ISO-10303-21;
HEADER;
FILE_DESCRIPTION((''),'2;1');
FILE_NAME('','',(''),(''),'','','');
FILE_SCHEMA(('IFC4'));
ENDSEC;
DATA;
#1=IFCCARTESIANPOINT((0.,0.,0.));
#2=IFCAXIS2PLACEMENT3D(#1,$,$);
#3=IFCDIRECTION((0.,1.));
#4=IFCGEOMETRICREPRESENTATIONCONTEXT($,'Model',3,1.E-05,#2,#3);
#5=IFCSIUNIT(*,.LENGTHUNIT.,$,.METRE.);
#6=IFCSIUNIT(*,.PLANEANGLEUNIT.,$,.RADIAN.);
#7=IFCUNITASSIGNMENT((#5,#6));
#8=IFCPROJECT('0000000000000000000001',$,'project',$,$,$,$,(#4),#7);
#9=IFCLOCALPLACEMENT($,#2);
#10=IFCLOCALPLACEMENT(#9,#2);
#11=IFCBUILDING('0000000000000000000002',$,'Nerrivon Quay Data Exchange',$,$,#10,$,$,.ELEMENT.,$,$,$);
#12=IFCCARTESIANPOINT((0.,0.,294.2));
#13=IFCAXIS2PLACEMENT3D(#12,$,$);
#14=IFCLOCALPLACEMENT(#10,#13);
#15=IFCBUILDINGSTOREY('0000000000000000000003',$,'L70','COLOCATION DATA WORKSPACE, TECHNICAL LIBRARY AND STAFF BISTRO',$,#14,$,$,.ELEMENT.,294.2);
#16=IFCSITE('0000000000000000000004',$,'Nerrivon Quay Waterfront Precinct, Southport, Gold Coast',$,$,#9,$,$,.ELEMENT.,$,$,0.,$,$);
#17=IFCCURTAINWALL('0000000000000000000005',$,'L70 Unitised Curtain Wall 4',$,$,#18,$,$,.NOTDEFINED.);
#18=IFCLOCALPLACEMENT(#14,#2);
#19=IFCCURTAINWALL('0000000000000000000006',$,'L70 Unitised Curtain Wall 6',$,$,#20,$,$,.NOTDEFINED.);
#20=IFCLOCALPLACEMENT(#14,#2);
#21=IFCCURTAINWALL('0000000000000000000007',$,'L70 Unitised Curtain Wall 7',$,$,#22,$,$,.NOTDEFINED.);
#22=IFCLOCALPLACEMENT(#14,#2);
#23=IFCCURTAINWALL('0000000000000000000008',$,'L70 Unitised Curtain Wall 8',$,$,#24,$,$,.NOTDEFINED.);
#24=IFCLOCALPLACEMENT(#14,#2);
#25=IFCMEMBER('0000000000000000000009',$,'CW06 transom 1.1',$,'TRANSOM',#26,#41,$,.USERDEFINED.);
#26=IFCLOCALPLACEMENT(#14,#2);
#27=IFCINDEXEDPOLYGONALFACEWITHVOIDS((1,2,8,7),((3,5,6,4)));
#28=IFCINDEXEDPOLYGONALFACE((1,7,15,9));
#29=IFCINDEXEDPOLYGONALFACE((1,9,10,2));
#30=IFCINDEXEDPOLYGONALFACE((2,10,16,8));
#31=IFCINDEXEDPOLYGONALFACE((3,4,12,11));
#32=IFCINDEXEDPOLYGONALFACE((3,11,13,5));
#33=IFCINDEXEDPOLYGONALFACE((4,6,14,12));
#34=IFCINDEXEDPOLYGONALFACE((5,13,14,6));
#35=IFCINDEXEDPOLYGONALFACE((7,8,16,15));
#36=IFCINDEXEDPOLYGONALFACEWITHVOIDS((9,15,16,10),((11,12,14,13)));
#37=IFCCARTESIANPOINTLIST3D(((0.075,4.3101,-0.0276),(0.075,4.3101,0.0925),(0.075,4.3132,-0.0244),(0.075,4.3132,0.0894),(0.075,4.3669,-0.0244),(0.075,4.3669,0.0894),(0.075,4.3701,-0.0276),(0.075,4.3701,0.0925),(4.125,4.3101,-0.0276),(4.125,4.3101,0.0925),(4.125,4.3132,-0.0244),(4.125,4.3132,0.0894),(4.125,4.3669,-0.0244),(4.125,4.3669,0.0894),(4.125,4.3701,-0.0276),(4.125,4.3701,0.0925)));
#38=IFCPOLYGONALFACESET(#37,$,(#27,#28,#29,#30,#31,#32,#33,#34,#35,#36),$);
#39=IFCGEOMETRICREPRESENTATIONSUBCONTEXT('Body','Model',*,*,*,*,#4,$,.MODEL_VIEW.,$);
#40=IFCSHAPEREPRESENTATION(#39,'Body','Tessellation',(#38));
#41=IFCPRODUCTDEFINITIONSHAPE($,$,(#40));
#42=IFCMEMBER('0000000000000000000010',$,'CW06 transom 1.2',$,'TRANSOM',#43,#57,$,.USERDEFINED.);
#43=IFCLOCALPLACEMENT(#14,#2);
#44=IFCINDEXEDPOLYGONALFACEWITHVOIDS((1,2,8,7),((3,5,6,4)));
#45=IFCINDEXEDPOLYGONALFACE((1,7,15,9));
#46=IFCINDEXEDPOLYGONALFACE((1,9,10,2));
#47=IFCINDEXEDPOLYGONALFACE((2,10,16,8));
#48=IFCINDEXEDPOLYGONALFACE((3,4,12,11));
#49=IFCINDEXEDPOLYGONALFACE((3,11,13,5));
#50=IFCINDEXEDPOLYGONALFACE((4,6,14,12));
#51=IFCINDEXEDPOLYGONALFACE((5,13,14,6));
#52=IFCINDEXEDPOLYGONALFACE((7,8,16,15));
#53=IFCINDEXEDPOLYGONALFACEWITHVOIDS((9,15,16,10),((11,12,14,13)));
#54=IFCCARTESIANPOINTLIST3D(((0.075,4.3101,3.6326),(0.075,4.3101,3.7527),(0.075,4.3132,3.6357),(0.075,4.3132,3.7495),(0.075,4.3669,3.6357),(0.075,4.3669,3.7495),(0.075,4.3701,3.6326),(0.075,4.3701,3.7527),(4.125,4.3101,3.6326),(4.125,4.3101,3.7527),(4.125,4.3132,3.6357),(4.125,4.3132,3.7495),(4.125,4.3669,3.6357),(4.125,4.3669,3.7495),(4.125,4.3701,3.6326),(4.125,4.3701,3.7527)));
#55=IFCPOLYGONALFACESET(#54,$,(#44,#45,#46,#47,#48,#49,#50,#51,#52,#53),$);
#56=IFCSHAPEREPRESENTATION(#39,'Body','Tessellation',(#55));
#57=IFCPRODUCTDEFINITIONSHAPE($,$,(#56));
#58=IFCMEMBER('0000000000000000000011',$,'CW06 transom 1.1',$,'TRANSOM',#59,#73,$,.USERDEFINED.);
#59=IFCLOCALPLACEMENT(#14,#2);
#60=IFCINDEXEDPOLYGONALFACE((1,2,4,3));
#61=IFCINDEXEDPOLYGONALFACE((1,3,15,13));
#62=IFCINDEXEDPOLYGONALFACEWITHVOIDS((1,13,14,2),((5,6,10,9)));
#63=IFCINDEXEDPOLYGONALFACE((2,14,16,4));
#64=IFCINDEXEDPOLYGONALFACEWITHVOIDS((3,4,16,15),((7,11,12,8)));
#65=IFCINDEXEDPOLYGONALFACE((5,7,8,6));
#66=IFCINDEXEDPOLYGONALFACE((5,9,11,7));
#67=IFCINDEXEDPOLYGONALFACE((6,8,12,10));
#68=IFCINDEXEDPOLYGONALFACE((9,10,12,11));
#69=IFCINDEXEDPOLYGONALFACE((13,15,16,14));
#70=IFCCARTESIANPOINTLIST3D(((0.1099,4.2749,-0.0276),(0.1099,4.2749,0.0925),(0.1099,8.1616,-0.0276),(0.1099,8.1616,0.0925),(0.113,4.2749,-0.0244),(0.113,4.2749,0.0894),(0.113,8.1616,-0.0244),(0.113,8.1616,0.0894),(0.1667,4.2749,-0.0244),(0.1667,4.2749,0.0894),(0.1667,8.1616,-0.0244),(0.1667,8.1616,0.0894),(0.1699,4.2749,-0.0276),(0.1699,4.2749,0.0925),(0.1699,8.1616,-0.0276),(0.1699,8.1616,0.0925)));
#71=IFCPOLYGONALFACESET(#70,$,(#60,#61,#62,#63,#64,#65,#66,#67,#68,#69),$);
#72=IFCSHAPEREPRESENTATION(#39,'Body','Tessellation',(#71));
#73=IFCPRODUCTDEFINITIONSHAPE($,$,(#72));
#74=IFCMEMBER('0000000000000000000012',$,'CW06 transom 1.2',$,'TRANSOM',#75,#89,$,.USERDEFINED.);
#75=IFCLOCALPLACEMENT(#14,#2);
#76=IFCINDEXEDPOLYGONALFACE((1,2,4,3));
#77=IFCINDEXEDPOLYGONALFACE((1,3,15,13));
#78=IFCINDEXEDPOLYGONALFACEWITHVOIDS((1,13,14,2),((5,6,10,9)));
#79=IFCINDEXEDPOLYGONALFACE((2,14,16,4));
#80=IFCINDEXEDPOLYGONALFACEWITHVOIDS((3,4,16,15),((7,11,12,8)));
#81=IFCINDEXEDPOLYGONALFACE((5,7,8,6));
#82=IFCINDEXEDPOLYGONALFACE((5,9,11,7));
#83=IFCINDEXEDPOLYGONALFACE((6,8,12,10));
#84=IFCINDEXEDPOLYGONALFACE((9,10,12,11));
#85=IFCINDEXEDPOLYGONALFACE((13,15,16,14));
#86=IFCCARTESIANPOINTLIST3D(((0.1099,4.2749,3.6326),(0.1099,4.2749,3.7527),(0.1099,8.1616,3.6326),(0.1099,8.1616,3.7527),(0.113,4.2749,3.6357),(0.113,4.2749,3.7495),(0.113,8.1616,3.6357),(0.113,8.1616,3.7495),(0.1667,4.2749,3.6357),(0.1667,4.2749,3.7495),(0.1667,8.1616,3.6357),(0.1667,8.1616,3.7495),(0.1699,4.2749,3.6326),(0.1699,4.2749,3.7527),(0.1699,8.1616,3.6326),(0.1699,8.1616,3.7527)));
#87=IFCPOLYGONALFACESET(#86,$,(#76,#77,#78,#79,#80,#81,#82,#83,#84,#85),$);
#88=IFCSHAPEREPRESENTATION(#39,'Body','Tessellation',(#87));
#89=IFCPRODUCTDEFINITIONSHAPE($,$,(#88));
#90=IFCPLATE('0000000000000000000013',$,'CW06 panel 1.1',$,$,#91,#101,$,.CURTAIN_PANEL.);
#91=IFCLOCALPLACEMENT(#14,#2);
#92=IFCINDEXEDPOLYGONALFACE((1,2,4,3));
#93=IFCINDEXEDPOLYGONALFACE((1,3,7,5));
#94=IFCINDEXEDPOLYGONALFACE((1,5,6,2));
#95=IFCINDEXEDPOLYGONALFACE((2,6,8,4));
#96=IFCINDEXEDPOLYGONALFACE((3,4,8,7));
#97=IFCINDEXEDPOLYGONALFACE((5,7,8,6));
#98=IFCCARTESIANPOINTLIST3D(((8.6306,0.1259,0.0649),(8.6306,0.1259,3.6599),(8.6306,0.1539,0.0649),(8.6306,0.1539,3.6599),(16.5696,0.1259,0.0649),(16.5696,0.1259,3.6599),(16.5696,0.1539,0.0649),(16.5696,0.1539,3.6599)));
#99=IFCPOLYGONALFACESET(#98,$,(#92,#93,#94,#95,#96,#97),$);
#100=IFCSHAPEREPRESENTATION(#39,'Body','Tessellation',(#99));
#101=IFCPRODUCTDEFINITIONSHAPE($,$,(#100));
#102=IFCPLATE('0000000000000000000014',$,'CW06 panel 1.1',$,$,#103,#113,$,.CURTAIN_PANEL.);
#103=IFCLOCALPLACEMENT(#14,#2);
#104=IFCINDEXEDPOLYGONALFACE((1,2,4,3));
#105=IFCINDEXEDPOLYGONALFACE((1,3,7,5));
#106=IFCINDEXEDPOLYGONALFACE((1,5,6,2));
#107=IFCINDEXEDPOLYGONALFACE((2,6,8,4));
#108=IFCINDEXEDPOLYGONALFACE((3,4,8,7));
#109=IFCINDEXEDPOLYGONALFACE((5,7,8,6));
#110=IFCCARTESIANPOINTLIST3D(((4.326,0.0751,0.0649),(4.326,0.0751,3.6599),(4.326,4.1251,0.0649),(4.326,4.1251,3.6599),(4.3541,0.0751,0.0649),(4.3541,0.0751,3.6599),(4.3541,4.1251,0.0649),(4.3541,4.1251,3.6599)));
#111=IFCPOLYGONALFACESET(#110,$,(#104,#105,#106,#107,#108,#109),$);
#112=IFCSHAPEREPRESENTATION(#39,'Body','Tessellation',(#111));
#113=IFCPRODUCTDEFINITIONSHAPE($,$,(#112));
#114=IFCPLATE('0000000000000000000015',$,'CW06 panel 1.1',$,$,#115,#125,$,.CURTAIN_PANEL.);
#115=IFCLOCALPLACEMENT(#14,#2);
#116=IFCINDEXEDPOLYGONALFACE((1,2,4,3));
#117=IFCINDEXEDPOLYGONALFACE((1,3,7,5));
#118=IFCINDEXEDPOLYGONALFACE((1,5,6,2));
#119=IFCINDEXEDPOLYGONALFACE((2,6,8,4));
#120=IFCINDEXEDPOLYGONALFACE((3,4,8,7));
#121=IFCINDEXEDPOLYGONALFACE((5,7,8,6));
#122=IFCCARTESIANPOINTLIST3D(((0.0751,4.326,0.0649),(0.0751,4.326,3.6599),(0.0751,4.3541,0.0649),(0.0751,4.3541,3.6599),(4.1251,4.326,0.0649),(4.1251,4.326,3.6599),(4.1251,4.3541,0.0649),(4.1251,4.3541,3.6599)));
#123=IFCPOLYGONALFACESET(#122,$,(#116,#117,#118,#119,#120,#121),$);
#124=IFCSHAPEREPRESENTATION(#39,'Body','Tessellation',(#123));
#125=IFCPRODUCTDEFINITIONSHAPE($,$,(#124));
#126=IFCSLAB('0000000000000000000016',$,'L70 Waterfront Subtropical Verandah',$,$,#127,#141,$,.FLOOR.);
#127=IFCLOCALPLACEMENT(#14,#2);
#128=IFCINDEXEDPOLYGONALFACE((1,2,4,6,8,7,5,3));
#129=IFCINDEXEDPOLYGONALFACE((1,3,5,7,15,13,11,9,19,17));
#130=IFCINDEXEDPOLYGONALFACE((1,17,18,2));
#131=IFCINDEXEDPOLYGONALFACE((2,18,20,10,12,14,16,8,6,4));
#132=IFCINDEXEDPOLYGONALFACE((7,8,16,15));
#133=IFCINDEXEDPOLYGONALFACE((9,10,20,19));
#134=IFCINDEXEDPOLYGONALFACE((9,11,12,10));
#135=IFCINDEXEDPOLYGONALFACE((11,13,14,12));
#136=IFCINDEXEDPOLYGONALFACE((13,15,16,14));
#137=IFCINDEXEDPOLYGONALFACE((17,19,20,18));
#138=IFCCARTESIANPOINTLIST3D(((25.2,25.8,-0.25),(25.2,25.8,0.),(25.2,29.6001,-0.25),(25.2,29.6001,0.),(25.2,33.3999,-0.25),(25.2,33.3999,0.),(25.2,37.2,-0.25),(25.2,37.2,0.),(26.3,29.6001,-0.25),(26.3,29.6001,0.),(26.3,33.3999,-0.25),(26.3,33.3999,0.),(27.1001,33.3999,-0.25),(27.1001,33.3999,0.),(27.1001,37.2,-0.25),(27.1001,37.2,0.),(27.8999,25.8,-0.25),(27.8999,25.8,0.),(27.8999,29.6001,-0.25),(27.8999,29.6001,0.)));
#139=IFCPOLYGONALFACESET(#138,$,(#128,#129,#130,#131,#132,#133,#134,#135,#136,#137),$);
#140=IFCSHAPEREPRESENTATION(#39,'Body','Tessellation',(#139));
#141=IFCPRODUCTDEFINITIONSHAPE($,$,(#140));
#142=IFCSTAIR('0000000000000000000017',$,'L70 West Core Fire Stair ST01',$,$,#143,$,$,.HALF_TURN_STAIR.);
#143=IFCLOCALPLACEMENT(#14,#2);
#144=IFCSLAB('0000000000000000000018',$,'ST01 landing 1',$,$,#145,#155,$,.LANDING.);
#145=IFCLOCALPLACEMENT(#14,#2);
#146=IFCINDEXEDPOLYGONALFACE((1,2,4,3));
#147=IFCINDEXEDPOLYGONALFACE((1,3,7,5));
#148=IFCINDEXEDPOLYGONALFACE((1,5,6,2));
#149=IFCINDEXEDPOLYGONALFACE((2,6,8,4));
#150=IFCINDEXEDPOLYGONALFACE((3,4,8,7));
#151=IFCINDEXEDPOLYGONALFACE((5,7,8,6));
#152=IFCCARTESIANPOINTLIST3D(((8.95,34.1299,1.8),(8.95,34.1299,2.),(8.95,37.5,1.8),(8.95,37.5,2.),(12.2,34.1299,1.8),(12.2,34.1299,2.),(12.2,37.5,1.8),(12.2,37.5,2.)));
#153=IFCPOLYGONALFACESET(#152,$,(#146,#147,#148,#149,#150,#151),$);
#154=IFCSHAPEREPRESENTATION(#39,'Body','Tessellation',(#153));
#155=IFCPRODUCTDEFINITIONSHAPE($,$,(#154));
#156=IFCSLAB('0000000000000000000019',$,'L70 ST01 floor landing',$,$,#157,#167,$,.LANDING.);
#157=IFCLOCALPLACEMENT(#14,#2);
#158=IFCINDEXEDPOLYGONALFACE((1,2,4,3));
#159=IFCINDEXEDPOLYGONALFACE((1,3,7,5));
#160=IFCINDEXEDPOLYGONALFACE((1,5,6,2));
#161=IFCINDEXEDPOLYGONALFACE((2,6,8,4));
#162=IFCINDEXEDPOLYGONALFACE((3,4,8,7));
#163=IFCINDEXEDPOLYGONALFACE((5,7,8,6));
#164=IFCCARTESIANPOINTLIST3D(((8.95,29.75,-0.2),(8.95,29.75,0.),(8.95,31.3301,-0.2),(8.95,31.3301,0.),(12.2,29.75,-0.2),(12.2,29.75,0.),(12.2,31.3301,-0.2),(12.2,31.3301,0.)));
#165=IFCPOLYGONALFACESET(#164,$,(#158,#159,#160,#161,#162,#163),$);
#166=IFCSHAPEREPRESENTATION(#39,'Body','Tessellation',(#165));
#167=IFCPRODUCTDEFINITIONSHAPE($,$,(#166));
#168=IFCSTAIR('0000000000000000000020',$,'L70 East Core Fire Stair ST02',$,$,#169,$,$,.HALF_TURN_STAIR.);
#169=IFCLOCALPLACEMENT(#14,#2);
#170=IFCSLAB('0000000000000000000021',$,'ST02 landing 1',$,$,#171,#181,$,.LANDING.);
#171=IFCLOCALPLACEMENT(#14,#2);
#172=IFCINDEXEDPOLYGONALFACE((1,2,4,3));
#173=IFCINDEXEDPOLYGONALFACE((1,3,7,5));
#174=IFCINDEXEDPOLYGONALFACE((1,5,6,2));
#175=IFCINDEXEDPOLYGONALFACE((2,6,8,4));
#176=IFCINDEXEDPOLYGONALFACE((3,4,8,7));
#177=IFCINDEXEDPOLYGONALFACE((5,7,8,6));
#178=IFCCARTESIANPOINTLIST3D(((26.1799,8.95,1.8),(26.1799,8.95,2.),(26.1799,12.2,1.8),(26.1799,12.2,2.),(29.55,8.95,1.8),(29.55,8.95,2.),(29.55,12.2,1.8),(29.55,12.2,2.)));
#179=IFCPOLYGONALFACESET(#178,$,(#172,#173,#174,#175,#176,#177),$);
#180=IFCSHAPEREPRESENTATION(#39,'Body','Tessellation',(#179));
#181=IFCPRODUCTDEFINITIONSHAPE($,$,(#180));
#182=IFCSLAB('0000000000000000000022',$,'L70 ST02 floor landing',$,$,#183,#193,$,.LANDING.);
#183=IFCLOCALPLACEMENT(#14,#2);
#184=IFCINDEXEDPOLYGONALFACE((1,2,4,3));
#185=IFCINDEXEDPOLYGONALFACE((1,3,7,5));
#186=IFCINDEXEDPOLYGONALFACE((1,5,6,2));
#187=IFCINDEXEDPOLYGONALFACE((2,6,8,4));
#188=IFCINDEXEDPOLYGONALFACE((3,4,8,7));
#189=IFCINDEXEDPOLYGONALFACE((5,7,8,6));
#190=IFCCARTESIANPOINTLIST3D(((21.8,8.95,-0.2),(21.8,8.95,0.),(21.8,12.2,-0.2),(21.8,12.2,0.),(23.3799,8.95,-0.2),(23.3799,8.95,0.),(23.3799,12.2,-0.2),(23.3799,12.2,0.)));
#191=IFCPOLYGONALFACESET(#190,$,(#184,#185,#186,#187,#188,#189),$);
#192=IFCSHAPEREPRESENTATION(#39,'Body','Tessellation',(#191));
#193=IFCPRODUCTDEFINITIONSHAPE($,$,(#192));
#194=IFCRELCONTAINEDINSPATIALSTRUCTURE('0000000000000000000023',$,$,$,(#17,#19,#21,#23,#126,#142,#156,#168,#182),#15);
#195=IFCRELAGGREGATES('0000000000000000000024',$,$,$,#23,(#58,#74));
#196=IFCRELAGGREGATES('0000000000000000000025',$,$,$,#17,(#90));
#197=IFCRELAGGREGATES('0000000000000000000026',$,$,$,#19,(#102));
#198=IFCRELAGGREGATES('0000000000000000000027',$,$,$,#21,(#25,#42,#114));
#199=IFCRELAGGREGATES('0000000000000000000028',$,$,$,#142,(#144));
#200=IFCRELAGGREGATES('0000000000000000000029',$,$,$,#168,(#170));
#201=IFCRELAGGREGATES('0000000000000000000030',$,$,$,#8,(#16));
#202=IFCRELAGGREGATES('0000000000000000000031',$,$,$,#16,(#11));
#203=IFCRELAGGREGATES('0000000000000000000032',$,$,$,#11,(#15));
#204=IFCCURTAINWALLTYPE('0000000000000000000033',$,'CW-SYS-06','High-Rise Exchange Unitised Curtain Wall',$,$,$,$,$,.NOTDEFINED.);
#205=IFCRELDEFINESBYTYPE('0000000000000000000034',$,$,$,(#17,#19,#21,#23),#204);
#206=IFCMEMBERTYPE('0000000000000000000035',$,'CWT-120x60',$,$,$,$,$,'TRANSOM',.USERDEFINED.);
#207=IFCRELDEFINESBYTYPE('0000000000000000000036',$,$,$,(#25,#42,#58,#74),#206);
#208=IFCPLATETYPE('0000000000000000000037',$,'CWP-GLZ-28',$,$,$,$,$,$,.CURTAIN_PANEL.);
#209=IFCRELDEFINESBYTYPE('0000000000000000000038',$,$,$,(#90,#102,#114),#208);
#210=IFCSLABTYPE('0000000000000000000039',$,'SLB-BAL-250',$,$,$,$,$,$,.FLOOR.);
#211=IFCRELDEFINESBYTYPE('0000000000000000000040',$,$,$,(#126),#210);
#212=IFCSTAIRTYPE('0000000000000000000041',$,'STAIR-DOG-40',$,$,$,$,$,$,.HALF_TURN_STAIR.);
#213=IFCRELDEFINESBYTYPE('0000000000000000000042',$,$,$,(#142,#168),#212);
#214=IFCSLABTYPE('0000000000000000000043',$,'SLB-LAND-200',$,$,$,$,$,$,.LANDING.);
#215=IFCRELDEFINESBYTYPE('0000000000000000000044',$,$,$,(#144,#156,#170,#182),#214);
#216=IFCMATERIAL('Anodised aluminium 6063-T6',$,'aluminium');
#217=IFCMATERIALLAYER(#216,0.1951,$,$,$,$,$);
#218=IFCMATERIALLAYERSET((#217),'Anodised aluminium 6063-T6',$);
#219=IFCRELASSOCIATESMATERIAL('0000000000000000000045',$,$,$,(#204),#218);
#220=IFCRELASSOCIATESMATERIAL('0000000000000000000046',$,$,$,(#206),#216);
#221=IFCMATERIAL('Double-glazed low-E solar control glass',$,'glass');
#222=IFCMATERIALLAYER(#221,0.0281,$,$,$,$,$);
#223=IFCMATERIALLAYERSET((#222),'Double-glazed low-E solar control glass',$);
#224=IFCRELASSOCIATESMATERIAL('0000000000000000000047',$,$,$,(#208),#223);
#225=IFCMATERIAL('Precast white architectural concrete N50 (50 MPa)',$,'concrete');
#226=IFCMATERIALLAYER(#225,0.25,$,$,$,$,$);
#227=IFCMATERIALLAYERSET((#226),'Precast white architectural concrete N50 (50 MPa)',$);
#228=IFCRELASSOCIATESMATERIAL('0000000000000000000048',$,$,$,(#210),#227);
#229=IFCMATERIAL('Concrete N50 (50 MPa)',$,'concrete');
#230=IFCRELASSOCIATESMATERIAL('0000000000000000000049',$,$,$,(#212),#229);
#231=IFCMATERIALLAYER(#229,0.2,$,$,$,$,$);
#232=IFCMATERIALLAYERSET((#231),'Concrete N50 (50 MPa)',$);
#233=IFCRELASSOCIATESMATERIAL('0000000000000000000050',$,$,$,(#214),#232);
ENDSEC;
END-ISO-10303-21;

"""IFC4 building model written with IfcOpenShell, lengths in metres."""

from ifc_helpers import new_model, si_unit, direction, frame, origin, origin_2d, place, context, subcontext, project, spatial, polyline, rectangle, hollow_rectangle, outline, extrude, material, layer, layer_set, material_profile, profile_set, type_object, element, aggregate, save


model = new_model("IFC4")

# Units and contexts
model_context = context("Model", 3, precision=1e-05, world=origin(), true_north=direction((0.0, 1.0)))
body_context = subcontext(model_context, "Body", "Model", "MODEL_VIEW")
ifc_project = project(units=[si_unit("LENGTHUNIT", "METRE"), si_unit("PLANEANGLEUNIT", "RADIAN")], contexts=[model_context])

# Site, building, storey
site_placement = place(None, origin())
site = spatial("IfcSite", under=ifc_project, at=site_placement, Name="Nerrivon Quay Waterfront Precinct, Southport, Gold Coast", CompositionType="ELEMENT", RefElevation=0.0)
building_placement = place(site_placement, origin())
building = spatial("IfcBuilding", under=site, at=building_placement, Name="Nerrivon Quay Data Exchange", CompositionType="ELEMENT")
storey_placement = place(building_placement, frame((0.0, 0.0, 294.2)))
storey = spatial("IfcBuildingStorey", under=building, at=storey_placement, Name="L70", Description="COLOCATION DATA WORKSPACE, TECHNICAL LIBRARY AND STAFF BISTRO", CompositionType="ELEMENT", Elevation=294.2)

# Curtain walls
ifc_material_1 = material(Name="Anodised aluminium 6063-T6", Category="aluminium")
ifc_layer_1 = layer(ifc_material_1, 0.1951)
ifc_layer_set_1 = layer_set([ifc_layer_1], Name="Anodised aluminium 6063-T6")
curtain_wall_type = type_object("IfcCurtainWallType", Name="CW-SYS-06", Description="High-Rise Exchange Unitised Curtain Wall", PredefinedType="NOTDEFINED", material=ifc_layer_set_1)
curtain_wall_1_placement = place(storey_placement, origin())
curtain_wall_1 = element("IfcCurtainWall", 1, at=curtain_wall_1_placement, inside=storey, type_object=curtain_wall_type, Name="L70 Unitised Curtain Wall 4", PredefinedType="NOTDEFINED")
curtain_wall_2_placement = place(storey_placement, origin())
curtain_wall_2 = element("IfcCurtainWall", 2, at=curtain_wall_2_placement, inside=storey, type_object=curtain_wall_type, Name="L70 Unitised Curtain Wall 6", PredefinedType="NOTDEFINED")
curtain_wall_3_placement = place(storey_placement, origin())
curtain_wall_3 = element("IfcCurtainWall", 3, at=curtain_wall_3_placement, inside=storey, type_object=curtain_wall_type, Name="L70 Unitised Curtain Wall 7", PredefinedType="NOTDEFINED")

# Curtain wall
curtain_wall_4_placement = place(storey_placement, origin())
curtain_wall_4 = element("IfcCurtainWall", 4, at=curtain_wall_4_placement, inside=storey, type_object=curtain_wall_type, Name="L70 Unitised Curtain Wall 8", PredefinedType="NOTDEFINED")

# Members
ifc_material_profile_1 = material_profile(ifc_material_1, hollow_rectangle(XDim=0.0601, YDim=0.1201, WallThickness=0.0032, at=origin_2d()), Name="ALU-TRAN-120x60")
ifc_profile_set_1 = profile_set([ifc_material_profile_1], Name="Anodised aluminium 6063-T6")
member_type_1 = type_object("IfcMemberType", Name="CWT-120x60", ElementType="TRANSOM", PredefinedType="USERDEFINED", material=ifc_profile_set_1)
member_1_placement = place(storey_placement, frame((4.125, 4.3401, 0.0325), z_axis=(-1.0, 0.0, 0.0), x_axis=(0.0, -1.0, 0.0)))
member_1 = element("IfcMember", 5, at=member_1_placement, type_object=member_type_1, Name="CW06 transom 1.1", ObjectType="TRANSOM", PredefinedType="USERDEFINED", context=body_context, shape_type="SweptSolid", body=[
    extrude(hollow_rectangle(XDim=0.0601, YDim=0.1201, WallThickness=0.0032, at=origin_2d()), origin(), (0.0, 0.0, 1.0), 4.05),
])
member_2_placement = place(storey_placement, frame((4.125, 4.3401, 3.6926), z_axis=(-1.0, 0.0, 0.0), x_axis=(0.0, -1.0, 0.0)))
member_2 = element("IfcMember", 6, at=member_2_placement, type_object=member_type_1, Name="CW06 transom 1.2", ObjectType="TRANSOM", PredefinedType="USERDEFINED", context=body_context, shape_type="SweptSolid", body=[
    extrude(hollow_rectangle(XDim=0.0601, YDim=0.1201, WallThickness=0.0032, at=origin_2d()), origin(), (0.0, 0.0, 1.0), 4.05),
])
member_3_placement = place(storey_placement, frame((0.1399, 4.2749, 0.0325), z_axis=(0.0, 1.0, 0.0), x_axis=(-1.0, 0.0, 0.0)))
member_3 = element("IfcMember", 7, at=member_3_placement, type_object=member_type_1, Name="CW06 transom 1.1", ObjectType="TRANSOM", PredefinedType="USERDEFINED", context=body_context, shape_type="SweptSolid", body=[
    extrude(hollow_rectangle(XDim=0.0601, YDim=0.1201, WallThickness=0.0032, at=origin_2d()), origin(), (0.0, 0.0, 1.0), 3.8867),
])
member_4_placement = place(storey_placement, frame((0.1399, 4.2749, 3.6926), z_axis=(0.0, 1.0, 0.0), x_axis=(-1.0, 0.0, 0.0)))
member_4 = element("IfcMember", 8, at=member_4_placement, type_object=member_type_1, Name="CW06 transom 1.2", ObjectType="TRANSOM", PredefinedType="USERDEFINED", context=body_context, shape_type="SweptSolid", body=[
    extrude(hollow_rectangle(XDim=0.0601, YDim=0.1201, WallThickness=0.0032, at=origin_2d()), origin(), (0.0, 0.0, 1.0), 3.8867),
])
aggregate(curtain_wall_4, [member_3, member_4])

# Plates
ifc_material_2 = material(Name="Double-glazed low-E solar control glass", Category="glass")
ifc_layer_2 = layer(ifc_material_2, 0.0281)
ifc_layer_set_2 = layer_set([ifc_layer_2], Name="Double-glazed low-E solar control glass")
plate_type = type_object("IfcPlateType", Name="CWP-GLZ-28", PredefinedType="CURTAIN_PANEL", material=ifc_layer_set_2)
plate_1_placement = place(storey_placement, frame((12.6001, 0.1399, 0.0649), z_axis=(0.0, 0.0, 1.0), x_axis=(-1.0, 0.0, 0.0)))
plate_1 = element("IfcPlate", 9, at=plate_1_placement, type_object=plate_type, Name="CW06 panel 1.1", PredefinedType="CURTAIN_PANEL", context=body_context, shape_type="SweptSolid", body=[
    extrude(rectangle(XDim=7.939, YDim=0.0281, at=origin_2d()), origin(), (0.0, 0.0, 1.0), 3.595),
])
aggregate(curtain_wall_1, [plate_1])
plate_2_placement = place(storey_placement, frame((4.3401, 2.1001, 0.0649), z_axis=(0.0, 0.0, 1.0), x_axis=(0.0, 1.0, 0.0)))
plate_2 = element("IfcPlate", 10, at=plate_2_placement, type_object=plate_type, Name="CW06 panel 1.1", PredefinedType="CURTAIN_PANEL", context=body_context, shape_type="SweptSolid", body=[
    extrude(rectangle(XDim=4.05, YDim=0.0281, at=origin_2d()), origin(), (0.0, 0.0, 1.0), 3.595),
])
aggregate(curtain_wall_2, [plate_2])
plate_3_placement = place(storey_placement, frame((2.1001, 4.3401, 0.0649), z_axis=(0.0, 0.0, 1.0), x_axis=(-1.0, 0.0, 0.0)))
plate_3 = element("IfcPlate", 11, at=plate_3_placement, type_object=plate_type, Name="CW06 panel 1.1", PredefinedType="CURTAIN_PANEL", context=body_context, shape_type="SweptSolid", body=[
    extrude(rectangle(XDim=4.05, YDim=0.0281, at=origin_2d()), origin(), (0.0, 0.0, 1.0), 3.595),
])
aggregate(curtain_wall_3, [member_1, member_2, plate_3])

# Slab
ifc_material_3 = material(Name="Precast white architectural concrete N50 (50 MPa)", Category="concrete")
ifc_layer_3 = layer(ifc_material_3, 0.25)
ifc_layer_set_3 = layer_set([ifc_layer_3], Name="Precast white architectural concrete N50 (50 MPa)")
slab_type_1 = type_object("IfcSlabType", Name="SLB-BAL-250", PredefinedType="FLOOR", material=ifc_layer_set_3)
slab_1_placement = place(storey_placement, frame((0.0, 0.0, -0.25)))
element("IfcSlab", 12, at=slab_1_placement, inside=storey, type_object=slab_type_1, Name="L70 Waterfront Subtropical Verandah", PredefinedType="FLOOR", context=body_context, shape_type="SweptSolid", body=[
    extrude(outline(polyline([(26.3, 29.6001), (26.3, 33.3999), (27.1001, 33.3999), (27.1001, 37.2), (25.2, 37.2), (25.2, 33.3999), (25.2, 29.6001), (25.2, 25.8), (27.8999, 25.8), (27.8999, 29.6001), (26.3, 29.6001)])), origin(), (0.0, 0.0, 1.0), 0.25),
])

# Stair, slab
ifc_material_4 = material(Name="Concrete N50 (50 MPa)", Category="concrete")
stair_type = type_object("IfcStairType", Name="STAIR-DOG-40", PredefinedType="HALF_TURN_STAIR", material=ifc_material_4)
stair_1_placement = place(storey_placement, origin())
stair_1 = element("IfcStair", 13, at=stair_1_placement, inside=storey, type_object=stair_type, Name="L70 West Core Fire Stair ST01", PredefinedType="HALF_TURN_STAIR")
ifc_layer_4 = layer(ifc_material_4, 0.2)
ifc_layer_set_4 = layer_set([ifc_layer_4], Name="Concrete N50 (50 MPa)")
slab_type_2 = type_object("IfcSlabType", Name="SLB-LAND-200", PredefinedType="LANDING", material=ifc_layer_set_4)
slab_2_placement = place(storey_placement, frame((0.0, 0.0, 1.8)))
slab_2 = element("IfcSlab", 14, at=slab_2_placement, type_object=slab_type_2, Name="ST01 landing 1", PredefinedType="LANDING", context=body_context, shape_type="SweptSolid", body=[
    extrude(outline(polyline([(12.2, 34.1299), (12.2, 37.5), (8.95, 37.5), (8.95, 34.1299), (12.2, 34.1299)])), origin(), (0.0, 0.0, 1.0), 0.2),
])
aggregate(stair_1, [slab_2])

# Slab
slab_3_placement = place(storey_placement, frame((0.0, 0.0, -0.2)))
element("IfcSlab", 15, at=slab_3_placement, inside=storey, type_object=slab_type_2, Name="L70 ST01 floor landing", PredefinedType="LANDING", context=body_context, shape_type="SweptSolid", body=[
    extrude(outline(polyline([(12.2, 29.75), (12.2, 31.3301), (8.95, 31.3301), (8.95, 29.75), (12.2, 29.75)])), origin(), (0.0, 0.0, 1.0), 0.2),
])

# Stair, slab
stair_2_placement = place(storey_placement, origin())
stair_2 = element("IfcStair", 16, at=stair_2_placement, inside=storey, type_object=stair_type, Name="L70 East Core Fire Stair ST02", PredefinedType="HALF_TURN_STAIR")
slab_4_placement = place(storey_placement, frame((0.0, 0.0, 1.8)))
slab_4 = element("IfcSlab", 17, at=slab_4_placement, type_object=slab_type_2, Name="ST02 landing 1", PredefinedType="LANDING", context=body_context, shape_type="SweptSolid", body=[
    extrude(outline(polyline([(26.1799, 8.95), (29.55, 8.95), (29.55, 12.2), (26.1799, 12.2), (26.1799, 8.95)])), origin(), (0.0, 0.0, 1.0), 0.2),
])
aggregate(stair_2, [slab_4])

# Slab
slab_5_placement = place(storey_placement, frame((0.0, 0.0, -0.2)))
element("IfcSlab", 18, at=slab_5_placement, inside=storey, type_object=slab_type_2, Name="L70 ST02 floor landing", PredefinedType="LANDING", context=body_context, shape_type="SweptSolid", body=[
    extrude(outline(polyline([(21.8, 8.95), (23.3799, 8.95), (23.3799, 12.2), (21.8, 12.2), (21.8, 8.95)])), origin(), (0.0, 0.0, 1.0), 0.2),
])

save(model, "model.ifc")
